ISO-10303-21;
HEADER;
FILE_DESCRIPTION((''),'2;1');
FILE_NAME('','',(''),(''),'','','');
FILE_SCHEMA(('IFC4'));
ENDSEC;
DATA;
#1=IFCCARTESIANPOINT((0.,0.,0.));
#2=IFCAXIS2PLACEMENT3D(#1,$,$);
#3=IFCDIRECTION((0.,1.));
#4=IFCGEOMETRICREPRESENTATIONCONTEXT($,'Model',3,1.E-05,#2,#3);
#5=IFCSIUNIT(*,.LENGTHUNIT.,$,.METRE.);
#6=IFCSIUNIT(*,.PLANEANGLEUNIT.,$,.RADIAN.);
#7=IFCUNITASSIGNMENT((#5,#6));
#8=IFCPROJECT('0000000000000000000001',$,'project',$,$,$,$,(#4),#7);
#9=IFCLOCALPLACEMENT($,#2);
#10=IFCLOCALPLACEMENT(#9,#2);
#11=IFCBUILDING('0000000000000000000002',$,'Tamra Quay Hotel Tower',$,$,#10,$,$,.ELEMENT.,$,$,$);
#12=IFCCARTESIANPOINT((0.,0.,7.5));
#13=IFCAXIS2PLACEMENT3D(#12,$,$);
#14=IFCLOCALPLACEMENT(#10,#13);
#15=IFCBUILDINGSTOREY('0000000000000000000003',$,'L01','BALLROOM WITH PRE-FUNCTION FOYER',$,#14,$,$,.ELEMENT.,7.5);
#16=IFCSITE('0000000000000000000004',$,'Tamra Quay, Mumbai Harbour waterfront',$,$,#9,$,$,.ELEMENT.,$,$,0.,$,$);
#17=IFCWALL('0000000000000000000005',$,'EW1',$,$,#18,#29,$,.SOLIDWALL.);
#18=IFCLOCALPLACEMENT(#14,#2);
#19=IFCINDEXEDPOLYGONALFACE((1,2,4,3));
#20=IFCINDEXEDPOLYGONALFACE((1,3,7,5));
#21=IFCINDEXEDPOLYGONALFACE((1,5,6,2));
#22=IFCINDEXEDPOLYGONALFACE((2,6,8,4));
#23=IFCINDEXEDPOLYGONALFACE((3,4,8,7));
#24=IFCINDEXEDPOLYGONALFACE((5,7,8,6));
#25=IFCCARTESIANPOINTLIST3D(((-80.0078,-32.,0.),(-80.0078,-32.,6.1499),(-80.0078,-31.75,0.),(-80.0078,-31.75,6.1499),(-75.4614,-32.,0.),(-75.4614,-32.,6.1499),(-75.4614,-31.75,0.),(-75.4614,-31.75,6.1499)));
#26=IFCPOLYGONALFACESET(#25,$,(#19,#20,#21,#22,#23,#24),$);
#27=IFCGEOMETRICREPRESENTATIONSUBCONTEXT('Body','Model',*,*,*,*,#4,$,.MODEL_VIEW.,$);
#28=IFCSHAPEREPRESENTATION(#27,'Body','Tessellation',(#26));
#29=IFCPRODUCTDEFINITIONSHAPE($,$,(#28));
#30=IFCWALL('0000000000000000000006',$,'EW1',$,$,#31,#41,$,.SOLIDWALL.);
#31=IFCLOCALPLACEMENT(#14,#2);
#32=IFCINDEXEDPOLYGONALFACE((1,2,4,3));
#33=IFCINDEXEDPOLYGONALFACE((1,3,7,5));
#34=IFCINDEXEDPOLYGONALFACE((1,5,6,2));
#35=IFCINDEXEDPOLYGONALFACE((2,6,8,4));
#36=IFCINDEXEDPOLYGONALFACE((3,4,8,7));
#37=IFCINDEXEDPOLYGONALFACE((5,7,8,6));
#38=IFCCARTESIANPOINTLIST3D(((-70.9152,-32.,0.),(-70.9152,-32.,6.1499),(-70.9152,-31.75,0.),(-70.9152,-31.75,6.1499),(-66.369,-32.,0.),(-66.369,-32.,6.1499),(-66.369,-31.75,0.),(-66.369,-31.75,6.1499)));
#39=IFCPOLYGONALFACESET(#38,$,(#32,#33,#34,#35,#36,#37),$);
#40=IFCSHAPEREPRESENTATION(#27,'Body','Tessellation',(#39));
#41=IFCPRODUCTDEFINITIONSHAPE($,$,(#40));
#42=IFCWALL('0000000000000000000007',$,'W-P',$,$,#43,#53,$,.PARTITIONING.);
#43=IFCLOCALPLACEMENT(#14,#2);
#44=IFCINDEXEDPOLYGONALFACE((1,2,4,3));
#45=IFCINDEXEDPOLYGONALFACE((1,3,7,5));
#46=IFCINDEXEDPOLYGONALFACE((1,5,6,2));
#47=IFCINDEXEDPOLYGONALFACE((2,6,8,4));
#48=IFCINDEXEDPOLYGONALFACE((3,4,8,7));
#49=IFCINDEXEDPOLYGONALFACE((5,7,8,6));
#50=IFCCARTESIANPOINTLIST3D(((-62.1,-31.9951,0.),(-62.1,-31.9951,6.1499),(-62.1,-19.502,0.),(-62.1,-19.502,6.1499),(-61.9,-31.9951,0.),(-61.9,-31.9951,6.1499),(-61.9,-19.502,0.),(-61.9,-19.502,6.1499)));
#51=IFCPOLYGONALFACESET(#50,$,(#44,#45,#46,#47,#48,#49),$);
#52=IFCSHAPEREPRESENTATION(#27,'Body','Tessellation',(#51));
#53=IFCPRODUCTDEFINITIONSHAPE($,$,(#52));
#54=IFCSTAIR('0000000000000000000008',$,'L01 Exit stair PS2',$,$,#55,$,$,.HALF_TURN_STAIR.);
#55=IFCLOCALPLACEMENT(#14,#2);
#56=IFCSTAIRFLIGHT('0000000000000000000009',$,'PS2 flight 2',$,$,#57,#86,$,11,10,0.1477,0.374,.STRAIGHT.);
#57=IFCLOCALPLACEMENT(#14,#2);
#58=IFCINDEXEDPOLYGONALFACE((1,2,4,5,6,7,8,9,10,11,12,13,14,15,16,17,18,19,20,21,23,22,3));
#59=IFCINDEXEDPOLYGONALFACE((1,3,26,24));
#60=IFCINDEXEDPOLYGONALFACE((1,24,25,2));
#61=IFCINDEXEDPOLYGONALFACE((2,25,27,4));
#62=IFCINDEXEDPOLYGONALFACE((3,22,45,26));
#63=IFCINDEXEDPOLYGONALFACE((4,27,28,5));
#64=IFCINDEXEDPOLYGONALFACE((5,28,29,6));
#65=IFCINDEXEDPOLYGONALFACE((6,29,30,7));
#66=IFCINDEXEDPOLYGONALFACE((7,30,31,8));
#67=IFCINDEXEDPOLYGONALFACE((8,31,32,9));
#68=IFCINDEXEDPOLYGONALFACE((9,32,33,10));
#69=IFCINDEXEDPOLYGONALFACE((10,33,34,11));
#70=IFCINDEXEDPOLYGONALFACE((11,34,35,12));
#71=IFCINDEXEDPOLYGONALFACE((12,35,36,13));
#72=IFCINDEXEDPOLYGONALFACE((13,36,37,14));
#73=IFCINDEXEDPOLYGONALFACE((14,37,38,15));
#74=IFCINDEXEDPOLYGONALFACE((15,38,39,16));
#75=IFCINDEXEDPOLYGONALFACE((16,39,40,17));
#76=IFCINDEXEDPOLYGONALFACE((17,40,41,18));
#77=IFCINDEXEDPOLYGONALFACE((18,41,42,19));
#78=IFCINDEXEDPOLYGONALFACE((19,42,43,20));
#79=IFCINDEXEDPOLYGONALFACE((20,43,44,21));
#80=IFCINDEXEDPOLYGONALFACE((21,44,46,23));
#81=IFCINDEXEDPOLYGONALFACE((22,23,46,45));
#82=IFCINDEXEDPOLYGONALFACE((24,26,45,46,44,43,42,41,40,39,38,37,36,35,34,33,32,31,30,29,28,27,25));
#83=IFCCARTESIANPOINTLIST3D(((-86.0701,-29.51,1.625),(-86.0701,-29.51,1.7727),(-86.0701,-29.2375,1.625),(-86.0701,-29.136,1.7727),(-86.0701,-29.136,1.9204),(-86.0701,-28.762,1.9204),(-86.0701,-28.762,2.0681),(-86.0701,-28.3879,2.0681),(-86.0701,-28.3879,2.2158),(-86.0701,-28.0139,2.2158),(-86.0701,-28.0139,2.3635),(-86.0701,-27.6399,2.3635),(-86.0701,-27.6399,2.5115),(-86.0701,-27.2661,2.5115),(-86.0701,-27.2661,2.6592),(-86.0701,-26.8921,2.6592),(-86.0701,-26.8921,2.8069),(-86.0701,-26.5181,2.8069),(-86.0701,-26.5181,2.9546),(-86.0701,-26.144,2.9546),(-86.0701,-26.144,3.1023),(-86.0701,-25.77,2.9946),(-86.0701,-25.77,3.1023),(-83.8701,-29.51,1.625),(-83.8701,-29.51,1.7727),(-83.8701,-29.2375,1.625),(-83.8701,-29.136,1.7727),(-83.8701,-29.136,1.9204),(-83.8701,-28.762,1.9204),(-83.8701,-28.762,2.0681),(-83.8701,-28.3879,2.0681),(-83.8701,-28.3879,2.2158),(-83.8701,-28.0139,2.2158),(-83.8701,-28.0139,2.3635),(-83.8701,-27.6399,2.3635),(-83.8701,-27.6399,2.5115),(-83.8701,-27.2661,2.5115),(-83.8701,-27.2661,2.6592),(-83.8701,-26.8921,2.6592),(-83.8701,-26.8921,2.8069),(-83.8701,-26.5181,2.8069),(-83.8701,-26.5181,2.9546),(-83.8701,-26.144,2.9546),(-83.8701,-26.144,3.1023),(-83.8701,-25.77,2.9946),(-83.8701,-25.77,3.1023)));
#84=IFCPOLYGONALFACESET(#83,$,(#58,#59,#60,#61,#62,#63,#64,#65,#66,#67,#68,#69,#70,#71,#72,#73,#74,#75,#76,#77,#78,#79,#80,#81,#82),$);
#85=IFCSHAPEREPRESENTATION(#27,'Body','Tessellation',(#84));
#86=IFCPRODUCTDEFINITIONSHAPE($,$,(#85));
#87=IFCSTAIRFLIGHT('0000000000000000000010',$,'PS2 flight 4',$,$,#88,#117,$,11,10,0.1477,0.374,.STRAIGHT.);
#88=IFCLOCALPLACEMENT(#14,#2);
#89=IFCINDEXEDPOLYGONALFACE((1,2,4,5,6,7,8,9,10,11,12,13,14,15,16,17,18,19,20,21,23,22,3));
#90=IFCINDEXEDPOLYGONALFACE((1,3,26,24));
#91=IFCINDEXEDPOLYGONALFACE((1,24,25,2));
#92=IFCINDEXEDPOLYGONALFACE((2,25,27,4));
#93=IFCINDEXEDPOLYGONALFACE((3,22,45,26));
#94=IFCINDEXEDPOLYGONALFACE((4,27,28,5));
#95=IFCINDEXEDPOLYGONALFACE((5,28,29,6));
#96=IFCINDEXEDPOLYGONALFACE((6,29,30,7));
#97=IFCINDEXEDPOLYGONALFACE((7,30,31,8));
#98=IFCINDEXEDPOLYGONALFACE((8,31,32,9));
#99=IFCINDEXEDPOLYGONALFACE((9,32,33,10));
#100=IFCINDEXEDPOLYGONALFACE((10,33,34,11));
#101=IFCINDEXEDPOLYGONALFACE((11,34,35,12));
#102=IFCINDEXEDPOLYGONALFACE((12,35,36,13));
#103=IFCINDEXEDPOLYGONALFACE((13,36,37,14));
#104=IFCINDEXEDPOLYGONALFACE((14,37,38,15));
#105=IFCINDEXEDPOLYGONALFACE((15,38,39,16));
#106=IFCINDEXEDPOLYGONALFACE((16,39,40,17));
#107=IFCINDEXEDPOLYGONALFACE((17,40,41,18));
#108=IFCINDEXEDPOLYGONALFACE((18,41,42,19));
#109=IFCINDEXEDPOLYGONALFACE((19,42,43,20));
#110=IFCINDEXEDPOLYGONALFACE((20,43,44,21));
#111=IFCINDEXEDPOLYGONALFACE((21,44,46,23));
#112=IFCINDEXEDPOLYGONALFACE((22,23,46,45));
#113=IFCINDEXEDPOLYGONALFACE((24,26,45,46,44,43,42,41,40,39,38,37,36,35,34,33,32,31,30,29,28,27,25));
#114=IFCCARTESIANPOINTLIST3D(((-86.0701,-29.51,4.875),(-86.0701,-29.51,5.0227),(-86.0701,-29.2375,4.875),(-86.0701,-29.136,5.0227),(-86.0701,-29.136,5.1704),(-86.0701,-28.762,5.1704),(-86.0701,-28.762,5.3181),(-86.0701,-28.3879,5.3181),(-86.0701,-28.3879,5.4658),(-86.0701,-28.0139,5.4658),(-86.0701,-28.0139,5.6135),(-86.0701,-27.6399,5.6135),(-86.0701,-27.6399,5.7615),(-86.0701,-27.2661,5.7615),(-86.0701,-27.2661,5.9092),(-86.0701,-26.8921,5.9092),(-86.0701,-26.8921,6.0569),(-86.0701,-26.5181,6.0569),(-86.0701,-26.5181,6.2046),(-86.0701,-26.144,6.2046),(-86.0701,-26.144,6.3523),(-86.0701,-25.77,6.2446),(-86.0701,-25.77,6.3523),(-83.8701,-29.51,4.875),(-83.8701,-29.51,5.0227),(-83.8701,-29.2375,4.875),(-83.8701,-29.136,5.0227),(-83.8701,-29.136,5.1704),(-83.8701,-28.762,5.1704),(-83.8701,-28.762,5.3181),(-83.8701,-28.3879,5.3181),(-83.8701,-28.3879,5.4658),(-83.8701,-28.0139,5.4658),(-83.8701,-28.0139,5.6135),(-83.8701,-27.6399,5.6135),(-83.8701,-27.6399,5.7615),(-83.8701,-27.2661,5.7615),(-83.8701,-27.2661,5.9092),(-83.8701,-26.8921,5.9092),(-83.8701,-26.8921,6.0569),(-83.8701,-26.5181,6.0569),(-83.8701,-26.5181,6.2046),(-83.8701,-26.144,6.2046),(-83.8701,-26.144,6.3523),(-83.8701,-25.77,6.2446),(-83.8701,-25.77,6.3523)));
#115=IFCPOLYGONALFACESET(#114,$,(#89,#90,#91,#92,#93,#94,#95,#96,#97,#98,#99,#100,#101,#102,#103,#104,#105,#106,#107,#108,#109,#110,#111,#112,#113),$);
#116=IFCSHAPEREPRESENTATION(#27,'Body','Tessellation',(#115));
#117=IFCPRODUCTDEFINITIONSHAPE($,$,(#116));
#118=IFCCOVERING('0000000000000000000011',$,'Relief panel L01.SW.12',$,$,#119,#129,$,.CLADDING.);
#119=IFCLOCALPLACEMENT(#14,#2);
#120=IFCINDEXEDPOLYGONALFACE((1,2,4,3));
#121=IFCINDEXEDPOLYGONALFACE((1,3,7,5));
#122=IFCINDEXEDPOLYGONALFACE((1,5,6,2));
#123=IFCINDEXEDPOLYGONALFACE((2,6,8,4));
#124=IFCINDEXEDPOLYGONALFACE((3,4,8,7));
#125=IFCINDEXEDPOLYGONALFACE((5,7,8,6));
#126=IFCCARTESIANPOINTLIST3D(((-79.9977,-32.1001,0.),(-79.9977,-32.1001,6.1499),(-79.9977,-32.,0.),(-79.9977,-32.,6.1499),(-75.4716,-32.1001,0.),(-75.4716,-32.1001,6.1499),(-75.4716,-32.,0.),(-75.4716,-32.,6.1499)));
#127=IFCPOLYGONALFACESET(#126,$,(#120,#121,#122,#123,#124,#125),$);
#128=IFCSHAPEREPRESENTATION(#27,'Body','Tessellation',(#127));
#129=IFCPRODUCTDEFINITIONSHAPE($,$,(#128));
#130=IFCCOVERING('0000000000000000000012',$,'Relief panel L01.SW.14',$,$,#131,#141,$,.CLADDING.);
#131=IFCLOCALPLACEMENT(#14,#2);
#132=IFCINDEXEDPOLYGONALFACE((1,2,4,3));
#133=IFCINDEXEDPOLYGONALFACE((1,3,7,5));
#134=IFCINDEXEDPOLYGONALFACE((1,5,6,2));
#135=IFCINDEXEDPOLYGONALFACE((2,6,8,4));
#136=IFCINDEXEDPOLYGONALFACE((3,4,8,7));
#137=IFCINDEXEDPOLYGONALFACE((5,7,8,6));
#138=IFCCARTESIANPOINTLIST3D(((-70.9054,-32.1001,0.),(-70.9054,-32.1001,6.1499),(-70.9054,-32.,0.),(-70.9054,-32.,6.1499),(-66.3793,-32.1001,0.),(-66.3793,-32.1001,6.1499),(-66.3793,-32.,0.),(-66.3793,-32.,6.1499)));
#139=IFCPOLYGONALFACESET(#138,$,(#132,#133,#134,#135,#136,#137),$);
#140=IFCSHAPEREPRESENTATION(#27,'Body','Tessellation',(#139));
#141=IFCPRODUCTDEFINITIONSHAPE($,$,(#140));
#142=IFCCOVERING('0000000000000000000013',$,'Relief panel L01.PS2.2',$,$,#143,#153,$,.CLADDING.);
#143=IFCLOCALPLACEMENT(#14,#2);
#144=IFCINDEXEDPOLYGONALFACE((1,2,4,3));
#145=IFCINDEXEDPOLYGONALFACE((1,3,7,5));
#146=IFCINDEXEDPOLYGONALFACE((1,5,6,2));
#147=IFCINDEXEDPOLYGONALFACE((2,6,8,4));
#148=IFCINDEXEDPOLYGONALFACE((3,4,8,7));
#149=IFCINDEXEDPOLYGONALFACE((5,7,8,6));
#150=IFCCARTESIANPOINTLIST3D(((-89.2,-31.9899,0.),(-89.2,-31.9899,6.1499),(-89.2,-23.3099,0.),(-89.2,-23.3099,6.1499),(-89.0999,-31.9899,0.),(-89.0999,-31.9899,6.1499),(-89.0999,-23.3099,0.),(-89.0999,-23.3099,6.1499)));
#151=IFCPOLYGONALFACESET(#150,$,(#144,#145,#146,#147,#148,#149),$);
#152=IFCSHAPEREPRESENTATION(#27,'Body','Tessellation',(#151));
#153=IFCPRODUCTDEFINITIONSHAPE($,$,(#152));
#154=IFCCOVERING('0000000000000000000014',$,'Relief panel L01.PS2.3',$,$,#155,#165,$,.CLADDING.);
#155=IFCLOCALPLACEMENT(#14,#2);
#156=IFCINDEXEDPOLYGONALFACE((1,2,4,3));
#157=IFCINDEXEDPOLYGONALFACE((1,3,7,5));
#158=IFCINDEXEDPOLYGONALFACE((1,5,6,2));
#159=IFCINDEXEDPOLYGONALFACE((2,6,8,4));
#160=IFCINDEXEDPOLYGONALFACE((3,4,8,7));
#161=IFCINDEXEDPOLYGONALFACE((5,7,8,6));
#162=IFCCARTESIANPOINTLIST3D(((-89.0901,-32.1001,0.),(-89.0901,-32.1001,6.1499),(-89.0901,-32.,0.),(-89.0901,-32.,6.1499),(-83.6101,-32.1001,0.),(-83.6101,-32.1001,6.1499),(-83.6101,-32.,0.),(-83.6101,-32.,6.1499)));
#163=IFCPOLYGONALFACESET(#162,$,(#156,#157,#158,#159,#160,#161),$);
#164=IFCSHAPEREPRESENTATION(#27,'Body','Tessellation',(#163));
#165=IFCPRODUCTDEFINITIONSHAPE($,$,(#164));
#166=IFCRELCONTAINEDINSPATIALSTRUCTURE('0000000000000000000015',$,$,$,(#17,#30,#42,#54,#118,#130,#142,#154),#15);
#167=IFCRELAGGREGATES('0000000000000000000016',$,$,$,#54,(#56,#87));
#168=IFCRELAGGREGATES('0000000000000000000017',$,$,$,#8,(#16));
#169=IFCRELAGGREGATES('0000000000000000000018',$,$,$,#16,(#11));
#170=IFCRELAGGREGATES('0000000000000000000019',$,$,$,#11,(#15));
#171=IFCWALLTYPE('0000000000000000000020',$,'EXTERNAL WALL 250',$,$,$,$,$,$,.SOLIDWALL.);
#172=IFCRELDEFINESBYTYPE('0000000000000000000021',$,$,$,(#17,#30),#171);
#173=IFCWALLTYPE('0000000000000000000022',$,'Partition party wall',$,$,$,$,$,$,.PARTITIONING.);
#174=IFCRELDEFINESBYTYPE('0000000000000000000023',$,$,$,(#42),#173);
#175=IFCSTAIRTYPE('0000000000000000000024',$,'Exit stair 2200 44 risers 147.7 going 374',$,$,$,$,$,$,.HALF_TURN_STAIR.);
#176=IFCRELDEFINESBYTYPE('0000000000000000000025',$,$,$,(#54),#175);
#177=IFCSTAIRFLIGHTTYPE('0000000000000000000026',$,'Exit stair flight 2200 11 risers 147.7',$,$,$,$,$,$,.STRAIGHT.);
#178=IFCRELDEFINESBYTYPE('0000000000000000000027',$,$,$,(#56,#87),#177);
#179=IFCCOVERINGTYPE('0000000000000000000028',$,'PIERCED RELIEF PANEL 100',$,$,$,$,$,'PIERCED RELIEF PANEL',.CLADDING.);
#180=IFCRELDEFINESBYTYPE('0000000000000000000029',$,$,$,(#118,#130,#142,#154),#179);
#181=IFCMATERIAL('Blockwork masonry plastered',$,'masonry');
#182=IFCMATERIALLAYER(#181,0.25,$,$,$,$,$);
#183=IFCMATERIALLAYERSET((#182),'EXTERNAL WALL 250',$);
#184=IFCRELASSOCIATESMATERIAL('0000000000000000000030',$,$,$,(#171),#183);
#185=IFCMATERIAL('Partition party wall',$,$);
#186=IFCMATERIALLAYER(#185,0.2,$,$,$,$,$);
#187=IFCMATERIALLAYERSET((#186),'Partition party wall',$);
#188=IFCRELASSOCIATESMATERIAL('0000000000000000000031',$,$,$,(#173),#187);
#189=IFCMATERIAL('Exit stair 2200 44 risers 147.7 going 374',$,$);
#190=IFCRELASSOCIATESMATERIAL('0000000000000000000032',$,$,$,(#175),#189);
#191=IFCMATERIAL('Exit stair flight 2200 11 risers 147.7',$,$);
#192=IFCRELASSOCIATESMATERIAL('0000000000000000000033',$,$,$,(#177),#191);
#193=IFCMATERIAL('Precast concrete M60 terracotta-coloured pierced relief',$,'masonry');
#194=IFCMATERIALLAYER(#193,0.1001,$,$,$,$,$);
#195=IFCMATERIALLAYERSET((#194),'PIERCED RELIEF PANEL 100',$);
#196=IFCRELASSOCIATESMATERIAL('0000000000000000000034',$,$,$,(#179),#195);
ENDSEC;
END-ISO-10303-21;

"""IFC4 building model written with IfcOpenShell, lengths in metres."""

from ifc_helpers import new_model, si_unit, direction, frame, frame_2d, origin, origin_2d, place, context, subcontext, project, spatial, polyline, rectangle, outline, extrude, material, layer, layer_set, type_object, element, aggregate, save


model = new_model("IFC4")

# Units and contexts
model_context = context("Model", 3, precision=1e-05, world=origin(), true_north=direction((0.0, 1.0)))
body_context = subcontext(model_context, "Body", "Model", "MODEL_VIEW")
ifc_project = project(units=[si_unit("LENGTHUNIT", "METRE"), si_unit("PLANEANGLEUNIT", "RADIAN")], contexts=[model_context])

# Site, building, storey
site_placement = place(None, origin())
site = spatial("IfcSite", under=ifc_project, at=site_placement, Name="Tamra Quay, Mumbai Harbour waterfront", CompositionType="ELEMENT", RefElevation=0.0)
building_placement = place(site_placement, origin())
building = spatial("IfcBuilding", under=site, at=building_placement, Name="Tamra Quay Hotel Tower", CompositionType="ELEMENT")
storey_placement = place(building_placement, frame((0.0, 0.0, 7.5)))
storey = spatial("IfcBuildingStorey", under=building, at=storey_placement, Name="L01", Description="BALLROOM WITH PRE-FUNCTION FOYER", CompositionType="ELEMENT", Elevation=7.5)

# Walls
ifc_material_1 = material(Name="Blockwork masonry plastered", Category="masonry")
ifc_layer_1 = layer(ifc_material_1, 0.25)
ifc_layer_set_1 = layer_set([ifc_layer_1], Name="EXTERNAL WALL 250")
wall_type_1 = type_object("IfcWallType", Name="EXTERNAL WALL 250", PredefinedType="SOLIDWALL", material=ifc_layer_set_1)
wall_1_placement = place(storey_placement, frame((-75.4614, -31.875, 0.0), z_axis=(0.0, 0.0, 1.0), x_axis=(-1.0, 0.0, 0.0)))
element("IfcWall", 1, at=wall_1_placement, inside=storey, type_object=wall_type_1, Name="EW1", PredefinedType="SOLIDWALL", context=body_context, shape_type="SweptSolid", body=[
    extrude(rectangle(XDim=4.5464, YDim=0.25, at=frame_2d((2.2732, 0.0))), origin(), (0.0, 0.0, 1.0), 6.1499),
])
wall_2_placement = place(storey_placement, frame((-66.3691, -31.875, 0.0), z_axis=(0.0, 0.0, 1.0), x_axis=(-1.0, 0.0, 0.0)))
element("IfcWall", 2, at=wall_2_placement, inside=storey, type_object=wall_type_1, Name="EW1", PredefinedType="SOLIDWALL", context=body_context, shape_type="SweptSolid", body=[
    extrude(rectangle(XDim=4.5461, YDim=0.25, at=frame_2d((2.2729, 0.0))), origin(), (0.0, 0.0, 1.0), 6.1499),
])
ifc_material_2 = material(Name="Partition party wall")
ifc_layer_2 = layer(ifc_material_2, 0.2)
ifc_layer_set_2 = layer_set([ifc_layer_2], Name="Partition party wall")
wall_type_2 = type_object("IfcWallType", Name="Partition party wall", PredefinedType="PARTITIONING", material=ifc_layer_set_2)
wall_3_placement = place(storey_placement, frame((-62.0, -31.9951, 0.0), z_axis=(0.0, 0.0, 1.0), x_axis=(0.0, 1.0, 0.0)))
element("IfcWall", 3, at=wall_3_placement, inside=storey, type_object=wall_type_2, Name="W-P", PredefinedType="PARTITIONING", context=body_context, shape_type="SweptSolid", body=[
    extrude(rectangle(XDim=12.4932, YDim=0.2, at=frame_2d((6.2466, 0.0))), origin(), (0.0, 0.0, 1.0), 6.1499),
])

# Stair, stair flights
ifc_material_3 = material(Name="Exit stair 2200 44 risers 147.7 going 374")
stair_type = type_object("IfcStairType", Name="Exit stair 2200 44 risers 147.7 going 374", PredefinedType="HALF_TURN_STAIR", material=ifc_material_3)
stair_placement = place(storey_placement, origin())
stair = element("IfcStair", 4, at=stair_placement, inside=storey, type_object=stair_type, Name="L01 Exit stair PS2", PredefinedType="HALF_TURN_STAIR")
ifc_material_4 = material(Name="Exit stair flight 2200 11 risers 147.7")
stair_flight_type = type_object("IfcStairFlightType", Name="Exit stair flight 2200 11 risers 147.7", PredefinedType="STRAIGHT", material=ifc_material_4)
stair_flight_1_placement = place(storey_placement, frame((-84.97, -29.51, 1.625), z_axis=(0.0, 0.0, 1.0), x_axis=(0.0, 1.0, 0.0)))
stair_flight_1 = element("IfcStairFlight", 5, at=stair_flight_1_placement, type_object=stair_flight_type, Name="PS2 flight 2", NumberOfRisers=11, NumberOfTreads=10, PredefinedType="STRAIGHT", RiserHeight=0.1477, TreadLength=0.374, context=body_context, shape_type="SweptSolid", body=[
    extrude(outline(polyline([(0.0, 0.0), (0.0, 0.1477), (0.374, 0.1477), (0.374, 0.2954), (0.748, 0.2954), (0.748, 0.4431), (1.1221, 0.4431), (1.1221, 0.5908), (1.4961, 0.5908), (1.4961, 0.7385), (1.8701, 0.7385), (1.8701, 0.8865), (2.2439, 0.8865), (2.2439, 1.0342), (2.6179, 1.0342), (2.6179, 1.1819), (2.9919, 1.1819), (2.9919, 1.3296), (3.366, 1.3296), (3.366, 1.4773), (3.74, 1.4773), (3.74, 1.625), (3.74, 1.3696), (0.2725, 0.0), (0.0, 0.0)])), frame((0.0, 1.1001, 0.0), z_axis=(0.0, -1.0, 0.0), x_axis=(1.0, 0.0, 0.0)), (0.0, 0.0, 1.0), 2.2),
])
stair_flight_2_placement = place(storey_placement, frame((-84.97, -29.51, 4.875), z_axis=(0.0, 0.0, 1.0), x_axis=(0.0, 1.0, 0.0)))
stair_flight_2 = element("IfcStairFlight", 6, at=stair_flight_2_placement, type_object=stair_flight_type, Name="PS2 flight 4", NumberOfRisers=11, NumberOfTreads=10, PredefinedType="STRAIGHT", RiserHeight=0.1477, TreadLength=0.374, context=body_context, shape_type="SweptSolid", body=[
    extrude(outline(polyline([(0.0, 0.0), (0.0, 0.1477), (0.374, 0.1477), (0.374, 0.2954), (0.748, 0.2954), (0.748, 0.4431), (1.1221, 0.4431), (1.1221, 0.5908), (1.4961, 0.5908), (1.4961, 0.7385), (1.8701, 0.7385), (1.8701, 0.8865), (2.2439, 0.8865), (2.2439, 1.0342), (2.6179, 1.0342), (2.6179, 1.1819), (2.9919, 1.1819), (2.9919, 1.3296), (3.366, 1.3296), (3.366, 1.4773), (3.74, 1.4773), (3.74, 1.625), (3.74, 1.3696), (0.2725, 0.0), (0.0, 0.0)])), frame((0.0, 1.1001, 0.0), z_axis=(0.0, -1.0, 0.0), x_axis=(1.0, 0.0, 0.0)), (0.0, 0.0, 1.0), 2.2),
])
aggregate(stair, [stair_flight_1, stair_flight_2])

# Coverings
ifc_material_5 = material(Name="Precast concrete M60 terracotta-coloured pierced relief", Category="masonry")
ifc_layer_3 = layer(ifc_material_5, 0.1001)
ifc_layer_set_3 = layer_set([ifc_layer_3], Name="PIERCED RELIEF PANEL 100")
covering_type_1 = type_object("IfcCoveringType", Name="PIERCED RELIEF PANEL 100", ElementType="PIERCED RELIEF PANEL", PredefinedType="CLADDING", material=ifc_layer_set_3)
for number, where, z_axis, x_axis, name in (
    (7, (-77.7346, -32.05, 0.0), (0.0, 0.0, 1.0), (1.0, 0.0, 0.0), "Relief panel L01.SW.12"),
    (8, (-68.6423, -32.05, 0.0), (0.0, 0.0, 1.0), (1.0, 0.0, 0.0), "Relief panel L01.SW.14"),
):
    element("IfcCovering", number, at=place(storey_placement, frame(where, z_axis=z_axis, x_axis=x_axis)), inside=storey, type_object=covering_type_1, Name=name, PredefinedType="CLADDING", context=body_context, shape_type="SweptSolid", body=[
        extrude(rectangle(XDim=4.5261, YDim=0.1001, at=origin_2d()), origin(), (0.0, 0.0, 1.0), 6.1499),
    ])
covering_1_placement = place(storey_placement, frame((-89.1499, -27.6499, 0.0), z_axis=(0.0, 0.0, 1.0), x_axis=(0.0, -1.0, 0.0)))
element("IfcCovering", 9, at=covering_1_placement, inside=storey, type_object=covering_type_1, Name="Relief panel L01.PS2.2", PredefinedType="CLADDING", context=body_context, shape_type="SweptSolid", body=[
    extrude(rectangle(XDim=8.6799, YDim=0.1001, at=origin_2d()), origin(), (0.0, 0.0, 1.0), 6.1499),
])
covering_2_placement = place(storey_placement, frame((-86.3501, -32.05, 0.0), z_axis=(0.0, 0.0, 1.0), x_axis=(1.0, 0.0, 0.0)))
element("IfcCovering", 10, at=covering_2_placement, inside=storey, type_object=covering_type_1, Name="Relief panel L01.PS2.3", PredefinedType="CLADDING", context=body_context, shape_type="SweptSolid", body=[
    extrude(rectangle(XDim=5.48, YDim=0.1001, at=origin_2d()), origin(), (0.0, 0.0, 1.0), 6.1499),
])

save(model, "model.ifc")
